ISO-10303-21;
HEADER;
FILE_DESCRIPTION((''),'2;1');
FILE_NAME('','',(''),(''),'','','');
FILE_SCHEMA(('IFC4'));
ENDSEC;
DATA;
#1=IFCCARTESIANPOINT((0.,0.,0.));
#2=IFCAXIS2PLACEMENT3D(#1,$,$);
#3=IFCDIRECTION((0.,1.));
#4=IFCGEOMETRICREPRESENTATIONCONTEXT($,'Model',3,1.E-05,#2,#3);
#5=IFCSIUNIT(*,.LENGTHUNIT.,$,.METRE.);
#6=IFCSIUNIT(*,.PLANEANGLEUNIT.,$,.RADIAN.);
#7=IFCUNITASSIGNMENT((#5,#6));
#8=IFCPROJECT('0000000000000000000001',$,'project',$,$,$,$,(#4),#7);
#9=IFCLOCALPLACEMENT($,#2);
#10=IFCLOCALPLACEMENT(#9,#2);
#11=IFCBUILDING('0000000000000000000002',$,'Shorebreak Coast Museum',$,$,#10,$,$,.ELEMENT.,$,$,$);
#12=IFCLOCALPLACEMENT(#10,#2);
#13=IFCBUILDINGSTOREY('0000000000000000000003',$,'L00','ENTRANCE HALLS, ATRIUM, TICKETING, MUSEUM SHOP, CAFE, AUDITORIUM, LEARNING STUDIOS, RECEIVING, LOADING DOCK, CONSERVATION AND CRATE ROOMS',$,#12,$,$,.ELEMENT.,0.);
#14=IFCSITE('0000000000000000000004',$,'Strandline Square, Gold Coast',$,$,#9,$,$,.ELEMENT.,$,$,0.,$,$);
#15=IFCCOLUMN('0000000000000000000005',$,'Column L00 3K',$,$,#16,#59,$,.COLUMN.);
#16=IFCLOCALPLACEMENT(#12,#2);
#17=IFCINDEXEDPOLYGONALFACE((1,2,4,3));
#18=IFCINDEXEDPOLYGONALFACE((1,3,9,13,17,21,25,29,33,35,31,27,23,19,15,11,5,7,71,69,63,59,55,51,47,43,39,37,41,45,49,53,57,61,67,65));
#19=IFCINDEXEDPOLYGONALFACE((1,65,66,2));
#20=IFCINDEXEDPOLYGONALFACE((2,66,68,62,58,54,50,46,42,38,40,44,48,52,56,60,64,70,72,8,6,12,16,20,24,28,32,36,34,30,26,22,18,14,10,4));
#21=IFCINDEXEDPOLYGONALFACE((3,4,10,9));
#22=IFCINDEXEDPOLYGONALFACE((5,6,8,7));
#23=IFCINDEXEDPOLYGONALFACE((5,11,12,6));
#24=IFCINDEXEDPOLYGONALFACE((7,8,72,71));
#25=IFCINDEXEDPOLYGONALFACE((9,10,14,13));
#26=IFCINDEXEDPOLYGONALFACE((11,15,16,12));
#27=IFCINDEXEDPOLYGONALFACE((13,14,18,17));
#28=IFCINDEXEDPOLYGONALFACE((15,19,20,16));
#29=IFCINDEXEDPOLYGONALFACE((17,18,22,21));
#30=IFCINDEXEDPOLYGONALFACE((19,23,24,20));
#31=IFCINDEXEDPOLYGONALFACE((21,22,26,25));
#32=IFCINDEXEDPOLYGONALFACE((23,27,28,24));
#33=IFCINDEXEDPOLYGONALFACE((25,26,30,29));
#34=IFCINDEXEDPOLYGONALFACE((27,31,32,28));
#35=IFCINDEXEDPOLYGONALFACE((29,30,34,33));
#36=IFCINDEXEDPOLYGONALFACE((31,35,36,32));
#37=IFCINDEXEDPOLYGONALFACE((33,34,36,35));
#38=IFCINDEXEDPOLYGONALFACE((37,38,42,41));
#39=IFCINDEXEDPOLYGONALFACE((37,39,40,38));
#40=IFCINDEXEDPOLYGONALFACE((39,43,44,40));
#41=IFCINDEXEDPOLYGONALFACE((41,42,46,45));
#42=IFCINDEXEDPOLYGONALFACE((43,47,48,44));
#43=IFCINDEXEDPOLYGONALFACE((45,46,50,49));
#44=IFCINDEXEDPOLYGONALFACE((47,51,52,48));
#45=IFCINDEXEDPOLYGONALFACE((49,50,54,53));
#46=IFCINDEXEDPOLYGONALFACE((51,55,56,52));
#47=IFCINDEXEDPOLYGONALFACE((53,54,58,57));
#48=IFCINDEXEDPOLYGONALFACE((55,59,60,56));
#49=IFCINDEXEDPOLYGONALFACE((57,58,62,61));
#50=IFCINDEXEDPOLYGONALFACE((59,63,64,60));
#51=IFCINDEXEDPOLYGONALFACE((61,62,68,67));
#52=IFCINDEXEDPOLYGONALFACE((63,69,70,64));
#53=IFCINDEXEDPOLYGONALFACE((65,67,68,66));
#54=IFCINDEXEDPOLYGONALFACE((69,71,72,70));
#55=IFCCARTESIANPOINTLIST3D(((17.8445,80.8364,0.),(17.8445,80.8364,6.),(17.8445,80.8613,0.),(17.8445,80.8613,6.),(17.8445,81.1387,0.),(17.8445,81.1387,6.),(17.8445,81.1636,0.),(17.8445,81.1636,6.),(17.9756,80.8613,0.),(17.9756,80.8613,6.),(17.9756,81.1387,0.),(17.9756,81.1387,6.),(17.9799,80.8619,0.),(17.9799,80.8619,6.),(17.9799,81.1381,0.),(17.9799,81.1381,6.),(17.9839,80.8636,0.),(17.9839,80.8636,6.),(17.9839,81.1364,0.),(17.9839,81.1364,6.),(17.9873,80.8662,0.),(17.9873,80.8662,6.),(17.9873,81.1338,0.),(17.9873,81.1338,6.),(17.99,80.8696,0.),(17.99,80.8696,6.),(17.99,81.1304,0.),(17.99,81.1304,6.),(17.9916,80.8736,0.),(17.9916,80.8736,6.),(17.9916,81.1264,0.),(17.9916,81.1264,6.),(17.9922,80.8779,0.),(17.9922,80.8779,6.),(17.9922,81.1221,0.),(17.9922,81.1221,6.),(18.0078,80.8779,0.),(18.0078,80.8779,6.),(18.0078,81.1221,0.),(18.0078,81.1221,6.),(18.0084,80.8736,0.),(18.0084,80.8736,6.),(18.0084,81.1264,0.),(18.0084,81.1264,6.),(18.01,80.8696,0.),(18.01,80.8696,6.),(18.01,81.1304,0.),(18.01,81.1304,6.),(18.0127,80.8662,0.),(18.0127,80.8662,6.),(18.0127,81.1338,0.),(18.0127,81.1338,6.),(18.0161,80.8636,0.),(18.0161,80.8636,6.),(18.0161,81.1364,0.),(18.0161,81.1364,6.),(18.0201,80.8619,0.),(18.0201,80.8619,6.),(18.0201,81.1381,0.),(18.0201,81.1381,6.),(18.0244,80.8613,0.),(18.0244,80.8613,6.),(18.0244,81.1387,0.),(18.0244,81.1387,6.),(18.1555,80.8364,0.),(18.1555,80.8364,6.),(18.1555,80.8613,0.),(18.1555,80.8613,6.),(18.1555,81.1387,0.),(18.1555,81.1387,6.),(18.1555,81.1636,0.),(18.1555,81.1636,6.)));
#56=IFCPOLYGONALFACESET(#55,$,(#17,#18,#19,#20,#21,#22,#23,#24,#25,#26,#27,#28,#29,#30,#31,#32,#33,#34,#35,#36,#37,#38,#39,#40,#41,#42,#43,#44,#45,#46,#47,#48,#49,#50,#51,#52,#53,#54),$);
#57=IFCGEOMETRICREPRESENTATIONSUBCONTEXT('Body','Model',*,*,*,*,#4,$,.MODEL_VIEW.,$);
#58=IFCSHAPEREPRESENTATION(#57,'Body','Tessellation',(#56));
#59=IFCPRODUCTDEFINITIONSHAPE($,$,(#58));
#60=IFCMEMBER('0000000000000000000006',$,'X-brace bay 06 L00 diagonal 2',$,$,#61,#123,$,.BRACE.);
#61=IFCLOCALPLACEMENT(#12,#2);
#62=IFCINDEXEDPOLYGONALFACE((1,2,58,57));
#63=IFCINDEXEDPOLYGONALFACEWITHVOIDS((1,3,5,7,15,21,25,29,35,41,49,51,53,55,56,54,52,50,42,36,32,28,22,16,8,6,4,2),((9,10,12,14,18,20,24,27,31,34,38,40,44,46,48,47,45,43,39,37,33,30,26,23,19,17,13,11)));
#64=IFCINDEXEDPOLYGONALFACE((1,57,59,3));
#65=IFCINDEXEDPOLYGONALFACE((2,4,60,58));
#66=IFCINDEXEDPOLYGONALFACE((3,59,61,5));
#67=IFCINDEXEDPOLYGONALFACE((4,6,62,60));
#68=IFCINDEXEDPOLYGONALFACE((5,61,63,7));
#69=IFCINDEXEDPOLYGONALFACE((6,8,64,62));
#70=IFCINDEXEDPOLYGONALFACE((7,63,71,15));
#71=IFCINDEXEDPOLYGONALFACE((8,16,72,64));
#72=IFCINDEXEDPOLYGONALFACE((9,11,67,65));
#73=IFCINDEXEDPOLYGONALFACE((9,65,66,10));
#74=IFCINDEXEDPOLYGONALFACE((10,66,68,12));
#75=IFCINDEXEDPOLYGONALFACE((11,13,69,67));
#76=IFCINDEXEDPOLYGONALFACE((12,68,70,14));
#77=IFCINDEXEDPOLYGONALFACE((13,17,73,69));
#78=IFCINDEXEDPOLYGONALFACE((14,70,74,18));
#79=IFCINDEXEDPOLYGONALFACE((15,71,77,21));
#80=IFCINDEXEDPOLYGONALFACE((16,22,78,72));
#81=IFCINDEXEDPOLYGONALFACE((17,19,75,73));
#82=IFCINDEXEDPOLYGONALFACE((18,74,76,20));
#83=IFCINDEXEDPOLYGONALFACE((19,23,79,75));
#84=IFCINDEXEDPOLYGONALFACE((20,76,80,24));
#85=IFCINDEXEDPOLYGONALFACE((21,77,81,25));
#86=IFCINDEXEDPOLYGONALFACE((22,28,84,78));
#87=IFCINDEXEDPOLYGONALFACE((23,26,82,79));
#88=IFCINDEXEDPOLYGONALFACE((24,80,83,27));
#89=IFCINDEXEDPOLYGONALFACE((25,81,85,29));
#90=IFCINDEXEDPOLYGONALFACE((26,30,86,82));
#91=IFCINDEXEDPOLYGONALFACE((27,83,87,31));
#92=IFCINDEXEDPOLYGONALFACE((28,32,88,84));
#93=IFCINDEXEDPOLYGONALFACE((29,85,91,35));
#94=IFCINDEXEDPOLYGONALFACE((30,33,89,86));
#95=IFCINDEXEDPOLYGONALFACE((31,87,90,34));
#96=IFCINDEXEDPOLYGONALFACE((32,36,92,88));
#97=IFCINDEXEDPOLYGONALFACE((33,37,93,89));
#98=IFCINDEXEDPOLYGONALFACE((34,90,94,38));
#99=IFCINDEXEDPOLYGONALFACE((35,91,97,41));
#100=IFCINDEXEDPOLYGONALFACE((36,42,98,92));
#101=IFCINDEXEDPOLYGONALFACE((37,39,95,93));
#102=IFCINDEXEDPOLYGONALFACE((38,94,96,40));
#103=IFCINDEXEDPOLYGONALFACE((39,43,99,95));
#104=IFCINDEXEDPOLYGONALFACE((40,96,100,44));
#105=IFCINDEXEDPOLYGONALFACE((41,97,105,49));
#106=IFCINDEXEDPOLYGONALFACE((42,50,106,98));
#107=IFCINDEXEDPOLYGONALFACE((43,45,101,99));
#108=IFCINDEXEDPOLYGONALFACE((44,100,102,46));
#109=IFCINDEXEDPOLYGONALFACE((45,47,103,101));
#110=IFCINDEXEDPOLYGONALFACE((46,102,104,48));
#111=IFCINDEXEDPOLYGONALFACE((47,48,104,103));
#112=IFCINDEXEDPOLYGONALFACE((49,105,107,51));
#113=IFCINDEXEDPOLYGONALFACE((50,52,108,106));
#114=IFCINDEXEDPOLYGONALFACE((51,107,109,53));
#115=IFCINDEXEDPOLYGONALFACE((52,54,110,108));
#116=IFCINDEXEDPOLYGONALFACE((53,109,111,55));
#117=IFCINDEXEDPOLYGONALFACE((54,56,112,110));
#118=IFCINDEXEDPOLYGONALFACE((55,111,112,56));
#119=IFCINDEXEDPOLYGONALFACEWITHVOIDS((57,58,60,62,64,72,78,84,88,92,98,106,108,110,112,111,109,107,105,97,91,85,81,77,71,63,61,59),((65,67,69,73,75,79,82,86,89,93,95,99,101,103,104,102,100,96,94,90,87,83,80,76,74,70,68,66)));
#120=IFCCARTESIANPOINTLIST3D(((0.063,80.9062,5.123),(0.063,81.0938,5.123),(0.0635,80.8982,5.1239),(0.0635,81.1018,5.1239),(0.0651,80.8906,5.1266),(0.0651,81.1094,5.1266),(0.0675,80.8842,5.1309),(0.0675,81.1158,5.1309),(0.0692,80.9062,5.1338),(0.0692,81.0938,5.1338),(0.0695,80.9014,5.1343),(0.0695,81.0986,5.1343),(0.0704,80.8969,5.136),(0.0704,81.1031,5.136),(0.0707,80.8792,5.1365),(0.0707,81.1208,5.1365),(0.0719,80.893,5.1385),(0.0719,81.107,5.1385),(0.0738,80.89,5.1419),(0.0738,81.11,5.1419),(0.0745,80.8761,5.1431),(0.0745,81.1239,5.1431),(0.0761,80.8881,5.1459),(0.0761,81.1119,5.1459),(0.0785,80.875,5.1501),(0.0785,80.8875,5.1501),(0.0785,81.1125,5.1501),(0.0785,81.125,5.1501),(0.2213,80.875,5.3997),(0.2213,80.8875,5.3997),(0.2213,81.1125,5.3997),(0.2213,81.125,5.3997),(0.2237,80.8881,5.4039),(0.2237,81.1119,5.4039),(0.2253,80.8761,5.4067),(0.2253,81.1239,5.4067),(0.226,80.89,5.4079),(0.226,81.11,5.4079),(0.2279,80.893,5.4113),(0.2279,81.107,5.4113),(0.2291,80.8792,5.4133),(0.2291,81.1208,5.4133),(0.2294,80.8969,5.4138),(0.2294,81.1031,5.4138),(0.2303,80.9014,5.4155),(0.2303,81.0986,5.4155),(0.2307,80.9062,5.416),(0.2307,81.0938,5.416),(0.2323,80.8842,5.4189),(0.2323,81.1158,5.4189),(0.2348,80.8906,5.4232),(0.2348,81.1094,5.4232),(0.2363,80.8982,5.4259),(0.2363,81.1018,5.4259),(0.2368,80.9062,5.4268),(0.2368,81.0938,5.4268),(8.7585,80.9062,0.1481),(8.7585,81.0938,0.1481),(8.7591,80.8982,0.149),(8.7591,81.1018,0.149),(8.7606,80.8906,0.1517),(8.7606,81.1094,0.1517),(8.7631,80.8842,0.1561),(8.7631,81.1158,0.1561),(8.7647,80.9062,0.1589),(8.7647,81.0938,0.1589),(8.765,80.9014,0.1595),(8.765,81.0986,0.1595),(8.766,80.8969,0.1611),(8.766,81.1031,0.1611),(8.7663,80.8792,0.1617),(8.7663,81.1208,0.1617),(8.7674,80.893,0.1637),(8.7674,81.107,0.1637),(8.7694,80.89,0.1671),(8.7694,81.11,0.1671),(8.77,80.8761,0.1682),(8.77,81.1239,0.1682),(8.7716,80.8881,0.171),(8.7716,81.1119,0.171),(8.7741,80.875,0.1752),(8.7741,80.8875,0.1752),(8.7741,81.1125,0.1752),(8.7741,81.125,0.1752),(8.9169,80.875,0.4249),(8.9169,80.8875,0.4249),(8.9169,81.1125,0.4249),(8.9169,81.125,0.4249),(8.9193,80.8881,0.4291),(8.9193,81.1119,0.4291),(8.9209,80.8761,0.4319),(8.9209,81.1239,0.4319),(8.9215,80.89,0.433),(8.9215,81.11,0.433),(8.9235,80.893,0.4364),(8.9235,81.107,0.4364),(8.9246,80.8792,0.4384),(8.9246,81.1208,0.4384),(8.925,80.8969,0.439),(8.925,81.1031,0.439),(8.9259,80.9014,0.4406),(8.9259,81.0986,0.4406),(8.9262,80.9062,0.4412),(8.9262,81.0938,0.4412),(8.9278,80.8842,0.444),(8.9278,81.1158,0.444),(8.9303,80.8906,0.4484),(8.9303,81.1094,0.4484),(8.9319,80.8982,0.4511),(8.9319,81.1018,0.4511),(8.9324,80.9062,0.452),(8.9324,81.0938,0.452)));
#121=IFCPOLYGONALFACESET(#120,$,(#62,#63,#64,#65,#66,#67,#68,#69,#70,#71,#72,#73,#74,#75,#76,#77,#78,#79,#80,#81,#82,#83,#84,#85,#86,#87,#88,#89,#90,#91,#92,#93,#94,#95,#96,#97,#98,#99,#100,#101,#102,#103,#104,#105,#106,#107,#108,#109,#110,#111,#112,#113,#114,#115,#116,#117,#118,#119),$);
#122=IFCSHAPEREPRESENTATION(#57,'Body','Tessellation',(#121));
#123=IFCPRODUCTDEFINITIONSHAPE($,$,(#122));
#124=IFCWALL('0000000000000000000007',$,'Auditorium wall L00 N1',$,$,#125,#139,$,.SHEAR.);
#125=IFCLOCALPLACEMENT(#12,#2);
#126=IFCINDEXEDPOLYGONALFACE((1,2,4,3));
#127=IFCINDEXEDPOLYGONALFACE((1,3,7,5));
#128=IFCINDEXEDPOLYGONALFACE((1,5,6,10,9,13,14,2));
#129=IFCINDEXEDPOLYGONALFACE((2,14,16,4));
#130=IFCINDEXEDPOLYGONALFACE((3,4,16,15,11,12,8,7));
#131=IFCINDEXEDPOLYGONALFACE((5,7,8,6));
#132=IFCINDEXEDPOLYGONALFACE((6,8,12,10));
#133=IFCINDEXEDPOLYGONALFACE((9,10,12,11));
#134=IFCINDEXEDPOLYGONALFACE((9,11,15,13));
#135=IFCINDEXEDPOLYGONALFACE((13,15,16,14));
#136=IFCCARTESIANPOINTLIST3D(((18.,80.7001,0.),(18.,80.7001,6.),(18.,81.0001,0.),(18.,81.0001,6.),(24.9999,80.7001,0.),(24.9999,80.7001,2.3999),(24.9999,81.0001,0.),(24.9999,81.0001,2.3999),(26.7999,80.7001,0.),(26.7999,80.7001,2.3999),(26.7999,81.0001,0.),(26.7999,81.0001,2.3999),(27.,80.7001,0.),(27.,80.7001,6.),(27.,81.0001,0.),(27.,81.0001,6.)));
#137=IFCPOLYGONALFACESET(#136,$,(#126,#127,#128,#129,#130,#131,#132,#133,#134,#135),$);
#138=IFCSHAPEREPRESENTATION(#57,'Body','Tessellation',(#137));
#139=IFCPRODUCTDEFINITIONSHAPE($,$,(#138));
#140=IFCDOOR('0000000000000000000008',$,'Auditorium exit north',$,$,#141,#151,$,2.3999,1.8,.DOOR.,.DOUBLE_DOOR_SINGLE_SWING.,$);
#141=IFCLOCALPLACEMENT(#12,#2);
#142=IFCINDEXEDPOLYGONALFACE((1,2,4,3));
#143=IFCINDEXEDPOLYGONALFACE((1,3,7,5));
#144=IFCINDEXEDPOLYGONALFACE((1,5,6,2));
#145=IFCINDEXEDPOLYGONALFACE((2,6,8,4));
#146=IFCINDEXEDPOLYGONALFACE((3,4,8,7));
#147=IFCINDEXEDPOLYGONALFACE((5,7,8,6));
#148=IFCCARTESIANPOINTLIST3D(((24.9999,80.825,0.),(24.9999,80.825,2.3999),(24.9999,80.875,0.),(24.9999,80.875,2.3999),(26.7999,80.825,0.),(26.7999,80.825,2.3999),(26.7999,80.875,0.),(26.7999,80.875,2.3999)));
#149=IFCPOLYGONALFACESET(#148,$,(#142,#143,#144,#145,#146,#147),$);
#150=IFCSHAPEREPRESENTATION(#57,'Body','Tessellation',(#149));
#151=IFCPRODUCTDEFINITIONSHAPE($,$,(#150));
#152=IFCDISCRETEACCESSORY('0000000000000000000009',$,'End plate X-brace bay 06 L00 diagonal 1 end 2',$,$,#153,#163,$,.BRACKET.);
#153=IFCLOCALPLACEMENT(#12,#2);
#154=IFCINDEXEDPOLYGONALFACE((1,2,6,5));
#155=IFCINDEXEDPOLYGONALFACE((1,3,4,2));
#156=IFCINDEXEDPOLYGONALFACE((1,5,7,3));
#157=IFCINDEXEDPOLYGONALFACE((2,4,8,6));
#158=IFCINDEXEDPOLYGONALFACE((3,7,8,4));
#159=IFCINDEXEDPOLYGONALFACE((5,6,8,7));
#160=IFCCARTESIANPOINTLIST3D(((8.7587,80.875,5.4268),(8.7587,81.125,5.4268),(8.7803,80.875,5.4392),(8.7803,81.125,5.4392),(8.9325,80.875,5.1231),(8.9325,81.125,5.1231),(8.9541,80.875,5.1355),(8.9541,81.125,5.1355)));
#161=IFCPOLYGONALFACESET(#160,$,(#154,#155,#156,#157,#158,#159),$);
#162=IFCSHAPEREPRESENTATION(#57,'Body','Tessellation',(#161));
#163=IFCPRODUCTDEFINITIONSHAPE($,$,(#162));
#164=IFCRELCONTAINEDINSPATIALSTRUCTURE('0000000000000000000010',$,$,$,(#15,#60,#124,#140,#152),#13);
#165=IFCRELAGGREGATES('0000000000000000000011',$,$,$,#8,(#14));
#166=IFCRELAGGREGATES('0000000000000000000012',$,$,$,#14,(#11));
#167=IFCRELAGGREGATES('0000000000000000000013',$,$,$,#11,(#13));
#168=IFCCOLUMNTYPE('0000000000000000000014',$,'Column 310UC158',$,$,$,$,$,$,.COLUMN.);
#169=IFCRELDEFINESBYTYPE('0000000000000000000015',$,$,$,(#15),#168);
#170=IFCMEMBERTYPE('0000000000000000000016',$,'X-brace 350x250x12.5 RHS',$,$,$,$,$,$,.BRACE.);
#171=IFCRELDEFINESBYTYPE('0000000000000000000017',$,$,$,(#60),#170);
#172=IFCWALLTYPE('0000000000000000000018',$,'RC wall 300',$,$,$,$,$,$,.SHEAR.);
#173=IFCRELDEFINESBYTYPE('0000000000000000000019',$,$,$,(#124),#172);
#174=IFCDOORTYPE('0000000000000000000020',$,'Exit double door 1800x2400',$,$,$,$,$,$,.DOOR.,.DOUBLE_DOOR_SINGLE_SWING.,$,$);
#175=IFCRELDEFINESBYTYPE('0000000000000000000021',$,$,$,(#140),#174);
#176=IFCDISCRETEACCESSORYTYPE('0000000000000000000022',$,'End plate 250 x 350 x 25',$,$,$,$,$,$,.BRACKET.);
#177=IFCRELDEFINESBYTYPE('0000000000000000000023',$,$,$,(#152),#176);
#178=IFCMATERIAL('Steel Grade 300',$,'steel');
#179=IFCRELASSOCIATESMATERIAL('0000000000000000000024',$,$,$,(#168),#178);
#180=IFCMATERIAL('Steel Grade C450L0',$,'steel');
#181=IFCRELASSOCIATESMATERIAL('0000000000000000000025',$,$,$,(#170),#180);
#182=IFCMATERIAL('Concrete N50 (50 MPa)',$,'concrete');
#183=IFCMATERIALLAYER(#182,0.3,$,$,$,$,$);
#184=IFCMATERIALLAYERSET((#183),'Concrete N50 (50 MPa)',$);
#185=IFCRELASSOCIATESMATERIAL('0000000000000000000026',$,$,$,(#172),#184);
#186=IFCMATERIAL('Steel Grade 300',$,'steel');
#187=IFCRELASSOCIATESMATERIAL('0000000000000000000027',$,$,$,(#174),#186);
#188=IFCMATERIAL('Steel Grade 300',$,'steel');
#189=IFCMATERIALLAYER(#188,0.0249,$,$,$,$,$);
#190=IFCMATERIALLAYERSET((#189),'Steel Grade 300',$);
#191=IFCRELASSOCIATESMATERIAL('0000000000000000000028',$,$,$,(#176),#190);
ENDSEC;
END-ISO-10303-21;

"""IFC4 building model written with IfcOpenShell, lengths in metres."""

from ifc_helpers import new_model, si_unit, direction, frame, frame_2d, origin, origin_2d, place, context, subcontext, project, spatial, polyline, rectangle, hollow_rectangle, i_section, outline, extrude, material, layer, layer_set, material_profile, profile_set, type_object, element, fill, save


model = new_model("IFC4")

# Units and contexts
model_context = context("Model", 3, precision=1e-05, world=origin(), true_north=direction((0.0, 1.0)))
body_context = subcontext(model_context, "Body", "Model", "MODEL_VIEW")
ifc_project = project(units=[si_unit("LENGTHUNIT", "METRE"), si_unit("PLANEANGLEUNIT", "RADIAN")], contexts=[model_context])

# Site, building, storey
site_placement = place(None, origin())
site = spatial("IfcSite", under=ifc_project, at=site_placement, Name="Strandline Square, Gold Coast", CompositionType="ELEMENT", RefElevation=0.0)
building_placement = place(site_placement, origin())
building = spatial("IfcBuilding", under=site, at=building_placement, Name="Shorebreak Coast Museum", CompositionType="ELEMENT")
storey_placement = place(building_placement, origin())
storey = spatial("IfcBuildingStorey", under=building, at=storey_placement, Name="L00", Description="ENTRANCE HALLS, ATRIUM, TICKETING, MUSEUM SHOP, CAFE, AUDITORIUM, LEARNING STUDIOS, RECEIVING, LOADING DOCK, CONSERVATION AND CRATE ROOMS", CompositionType="ELEMENT", Elevation=0.0)

# Column
ifc_material_1 = material(Name="Steel Grade 300", Category="steel")
ifc_material_profile_1 = material_profile(ifc_material_1, i_section(OverallWidth=0.311, OverallDepth=0.3271, WebThickness=0.0156, FlangeThickness=0.0249, FilletRadius=0.0166, at=origin_2d()), Name="310UC158")
ifc_profile_set_1 = profile_set([ifc_material_profile_1], Name="Steel Grade 300")
column_type_1 = type_object("IfcColumnType", Name="Column 310UC158", PredefinedType="COLUMN", material=ifc_profile_set_1)
for number, where, z_axis, x_axis, name in (
    (1, (18.0, 81.0, 0.0), (0.0, 0.0, 1.0), (1.0, 0.0, 0.0), "Column L00 3K"),
):
    element("IfcColumn", number, at=place(storey_placement, frame(where, z_axis=z_axis, x_axis=x_axis)), inside=storey, type_object=column_type_1, Name=name, PredefinedType="COLUMN", context=body_context, shape_type="SweptSolid", body=[
        extrude(i_section(OverallWidth=0.311, OverallDepth=0.3271, WebThickness=0.0156, FlangeThickness=0.0249, FilletRadius=0.0166, at=origin_2d()), origin(), (0.0, 0.0, 1.0), 6.0),
    ])

# Member
ifc_material_2 = material(Name="Steel Grade C450L0", Category="steel")
ifc_material_profile_2 = material_profile(ifc_material_2, hollow_rectangle(XDim=0.25, YDim=0.3501, WallThickness=0.0125, InnerFilletRadius=0.0188, OuterFilletRadius=0.0312, at=origin_2d()), Name="350x250x12.5 RHS")
ifc_profile_set_2 = profile_set([ifc_material_profile_2], Name="Steel Grade C450L0")
member_type = type_object("IfcMemberType", Name="X-brace 350x250x12.5 RHS", PredefinedType="BRACE", material=ifc_profile_set_2)
member_placement = place(storey_placement, frame((8.8455, 81.0, 0.3), z_axis=(-0.867987, 0.0, 0.496588), x_axis=(0.0, -1.0, 0.0)))
element("IfcMember", 2, at=member_placement, inside=storey, type_object=member_type, Name="X-brace bay 06 L00 diagonal 2", PredefinedType="BRACE", context=body_context, shape_type="SweptSolid", body=[
    extrude(hollow_rectangle(XDim=0.25, YDim=0.3501, WallThickness=0.0125, InnerFilletRadius=0.0188, OuterFilletRadius=0.0312, at=origin_2d()), origin(), (0.0, 0.0, 1.0), 10.0181),
])

# Wall, opening, door
ifc_material_3 = material(Name="Concrete N50 (50 MPa)", Category="concrete")
ifc_layer_1 = layer(ifc_material_3, 0.3)
ifc_layer_set_1 = layer_set([ifc_layer_1], Name="Concrete N50 (50 MPa)")
wall_type = type_object("IfcWallType", Name="RC wall 300", PredefinedType="SHEAR", material=ifc_layer_set_1)
wall_placement = place(storey_placement, frame((18.0, 80.8501, 0.0), z_axis=(0.0, 0.0, 1.0), x_axis=(1.0, 0.0, 0.0)))
wall = element("IfcWall", 3, at=wall_placement, inside=storey, type_object=wall_type, Name="Auditorium wall L00 N1", PredefinedType="SHEAR", context=body_context, shape_type="SweptSolid", body=[
    extrude(rectangle(XDim=9.0, YDim=0.3, at=frame_2d((4.5, 0.0))), origin(), (0.0, 0.0, 1.0), 6.0),
])
opening_placement = place(wall_placement, frame((7.0, 0.0, 0.0)))
opening = element("IfcOpeningElement", 4, at=opening_placement, cuts=wall, PredefinedType="OPENING", context=body_context, shape_type="SweptSolid", body=[
    extrude(rectangle(XDim=1.8, YDim=2.3999, at=frame_2d((0.8999, 1.2))), frame((0.0, 0.1599, 0.0), z_axis=(0.0, -1.0, 0.0), x_axis=(1.0, 0.0, 0.0)), (0.0, 0.0, 1.0), 0.3201),
])
ifc_material_4 = material(Name="Steel Grade 300", Category="steel")
door_type = type_object("IfcDoorType", Name="Exit double door 1800x2400", OperationType="DOUBLE_DOOR_SINGLE_SWING", PredefinedType="DOOR", material=ifc_material_4)
door_placement = place(opening_placement, origin())
door = element("IfcDoor", 5, at=door_placement, inside=storey, type_object=door_type, Name="Auditorium exit north", OperationType="DOUBLE_DOOR_SINGLE_SWING", OverallHeight=2.3999, OverallWidth=1.8, PredefinedType="DOOR", context=body_context, shape_type="SweptSolid", body=[
    extrude(rectangle(XDim=1.8, YDim=2.3999, at=frame_2d((0.8999, 1.2))), frame((0.0, 0.0249, 0.0), z_axis=(0.0, -1.0, 0.0), x_axis=(1.0, 0.0, 0.0)), (0.0, 0.0, 1.0), 0.05),
])
fill(opening, door)

# Discrete accessory
ifc_material_5 = material(Name="Steel Grade 300", Category="steel")
ifc_layer_2 = layer(ifc_material_5, 0.0249)
ifc_layer_set_2 = layer_set([ifc_layer_2], Name="Steel Grade 300")
discrete_accessory_type = type_object("IfcDiscreteAccessoryType", Name="End plate 250 x 350 x 25", PredefinedType="BRACKET", material=ifc_layer_set_2)
discrete_accessory_placement = place(storey_placement, frame((8.9541, 80.875, 5.1355), z_axis=(0.867899, 0.0, 0.49674), x_axis=(0.0, 1.0, 0.0)))
element("IfcDiscreteAccessory", 6, at=discrete_accessory_placement, inside=storey, type_object=discrete_accessory_type, Name="End plate X-brace bay 06 L00 diagonal 1 end 2", PredefinedType="BRACKET", context=body_context, shape_type="SweptSolid", body=[
    extrude(outline(polyline([(0.0, 0.0), (0.25, 0.0), (0.25, 0.3499), (0.0, 0.3499), (0.0, 0.0)])), origin(), (0.0, 0.0, -1.0), 0.0249),
])

save(model, "model.ifc")
